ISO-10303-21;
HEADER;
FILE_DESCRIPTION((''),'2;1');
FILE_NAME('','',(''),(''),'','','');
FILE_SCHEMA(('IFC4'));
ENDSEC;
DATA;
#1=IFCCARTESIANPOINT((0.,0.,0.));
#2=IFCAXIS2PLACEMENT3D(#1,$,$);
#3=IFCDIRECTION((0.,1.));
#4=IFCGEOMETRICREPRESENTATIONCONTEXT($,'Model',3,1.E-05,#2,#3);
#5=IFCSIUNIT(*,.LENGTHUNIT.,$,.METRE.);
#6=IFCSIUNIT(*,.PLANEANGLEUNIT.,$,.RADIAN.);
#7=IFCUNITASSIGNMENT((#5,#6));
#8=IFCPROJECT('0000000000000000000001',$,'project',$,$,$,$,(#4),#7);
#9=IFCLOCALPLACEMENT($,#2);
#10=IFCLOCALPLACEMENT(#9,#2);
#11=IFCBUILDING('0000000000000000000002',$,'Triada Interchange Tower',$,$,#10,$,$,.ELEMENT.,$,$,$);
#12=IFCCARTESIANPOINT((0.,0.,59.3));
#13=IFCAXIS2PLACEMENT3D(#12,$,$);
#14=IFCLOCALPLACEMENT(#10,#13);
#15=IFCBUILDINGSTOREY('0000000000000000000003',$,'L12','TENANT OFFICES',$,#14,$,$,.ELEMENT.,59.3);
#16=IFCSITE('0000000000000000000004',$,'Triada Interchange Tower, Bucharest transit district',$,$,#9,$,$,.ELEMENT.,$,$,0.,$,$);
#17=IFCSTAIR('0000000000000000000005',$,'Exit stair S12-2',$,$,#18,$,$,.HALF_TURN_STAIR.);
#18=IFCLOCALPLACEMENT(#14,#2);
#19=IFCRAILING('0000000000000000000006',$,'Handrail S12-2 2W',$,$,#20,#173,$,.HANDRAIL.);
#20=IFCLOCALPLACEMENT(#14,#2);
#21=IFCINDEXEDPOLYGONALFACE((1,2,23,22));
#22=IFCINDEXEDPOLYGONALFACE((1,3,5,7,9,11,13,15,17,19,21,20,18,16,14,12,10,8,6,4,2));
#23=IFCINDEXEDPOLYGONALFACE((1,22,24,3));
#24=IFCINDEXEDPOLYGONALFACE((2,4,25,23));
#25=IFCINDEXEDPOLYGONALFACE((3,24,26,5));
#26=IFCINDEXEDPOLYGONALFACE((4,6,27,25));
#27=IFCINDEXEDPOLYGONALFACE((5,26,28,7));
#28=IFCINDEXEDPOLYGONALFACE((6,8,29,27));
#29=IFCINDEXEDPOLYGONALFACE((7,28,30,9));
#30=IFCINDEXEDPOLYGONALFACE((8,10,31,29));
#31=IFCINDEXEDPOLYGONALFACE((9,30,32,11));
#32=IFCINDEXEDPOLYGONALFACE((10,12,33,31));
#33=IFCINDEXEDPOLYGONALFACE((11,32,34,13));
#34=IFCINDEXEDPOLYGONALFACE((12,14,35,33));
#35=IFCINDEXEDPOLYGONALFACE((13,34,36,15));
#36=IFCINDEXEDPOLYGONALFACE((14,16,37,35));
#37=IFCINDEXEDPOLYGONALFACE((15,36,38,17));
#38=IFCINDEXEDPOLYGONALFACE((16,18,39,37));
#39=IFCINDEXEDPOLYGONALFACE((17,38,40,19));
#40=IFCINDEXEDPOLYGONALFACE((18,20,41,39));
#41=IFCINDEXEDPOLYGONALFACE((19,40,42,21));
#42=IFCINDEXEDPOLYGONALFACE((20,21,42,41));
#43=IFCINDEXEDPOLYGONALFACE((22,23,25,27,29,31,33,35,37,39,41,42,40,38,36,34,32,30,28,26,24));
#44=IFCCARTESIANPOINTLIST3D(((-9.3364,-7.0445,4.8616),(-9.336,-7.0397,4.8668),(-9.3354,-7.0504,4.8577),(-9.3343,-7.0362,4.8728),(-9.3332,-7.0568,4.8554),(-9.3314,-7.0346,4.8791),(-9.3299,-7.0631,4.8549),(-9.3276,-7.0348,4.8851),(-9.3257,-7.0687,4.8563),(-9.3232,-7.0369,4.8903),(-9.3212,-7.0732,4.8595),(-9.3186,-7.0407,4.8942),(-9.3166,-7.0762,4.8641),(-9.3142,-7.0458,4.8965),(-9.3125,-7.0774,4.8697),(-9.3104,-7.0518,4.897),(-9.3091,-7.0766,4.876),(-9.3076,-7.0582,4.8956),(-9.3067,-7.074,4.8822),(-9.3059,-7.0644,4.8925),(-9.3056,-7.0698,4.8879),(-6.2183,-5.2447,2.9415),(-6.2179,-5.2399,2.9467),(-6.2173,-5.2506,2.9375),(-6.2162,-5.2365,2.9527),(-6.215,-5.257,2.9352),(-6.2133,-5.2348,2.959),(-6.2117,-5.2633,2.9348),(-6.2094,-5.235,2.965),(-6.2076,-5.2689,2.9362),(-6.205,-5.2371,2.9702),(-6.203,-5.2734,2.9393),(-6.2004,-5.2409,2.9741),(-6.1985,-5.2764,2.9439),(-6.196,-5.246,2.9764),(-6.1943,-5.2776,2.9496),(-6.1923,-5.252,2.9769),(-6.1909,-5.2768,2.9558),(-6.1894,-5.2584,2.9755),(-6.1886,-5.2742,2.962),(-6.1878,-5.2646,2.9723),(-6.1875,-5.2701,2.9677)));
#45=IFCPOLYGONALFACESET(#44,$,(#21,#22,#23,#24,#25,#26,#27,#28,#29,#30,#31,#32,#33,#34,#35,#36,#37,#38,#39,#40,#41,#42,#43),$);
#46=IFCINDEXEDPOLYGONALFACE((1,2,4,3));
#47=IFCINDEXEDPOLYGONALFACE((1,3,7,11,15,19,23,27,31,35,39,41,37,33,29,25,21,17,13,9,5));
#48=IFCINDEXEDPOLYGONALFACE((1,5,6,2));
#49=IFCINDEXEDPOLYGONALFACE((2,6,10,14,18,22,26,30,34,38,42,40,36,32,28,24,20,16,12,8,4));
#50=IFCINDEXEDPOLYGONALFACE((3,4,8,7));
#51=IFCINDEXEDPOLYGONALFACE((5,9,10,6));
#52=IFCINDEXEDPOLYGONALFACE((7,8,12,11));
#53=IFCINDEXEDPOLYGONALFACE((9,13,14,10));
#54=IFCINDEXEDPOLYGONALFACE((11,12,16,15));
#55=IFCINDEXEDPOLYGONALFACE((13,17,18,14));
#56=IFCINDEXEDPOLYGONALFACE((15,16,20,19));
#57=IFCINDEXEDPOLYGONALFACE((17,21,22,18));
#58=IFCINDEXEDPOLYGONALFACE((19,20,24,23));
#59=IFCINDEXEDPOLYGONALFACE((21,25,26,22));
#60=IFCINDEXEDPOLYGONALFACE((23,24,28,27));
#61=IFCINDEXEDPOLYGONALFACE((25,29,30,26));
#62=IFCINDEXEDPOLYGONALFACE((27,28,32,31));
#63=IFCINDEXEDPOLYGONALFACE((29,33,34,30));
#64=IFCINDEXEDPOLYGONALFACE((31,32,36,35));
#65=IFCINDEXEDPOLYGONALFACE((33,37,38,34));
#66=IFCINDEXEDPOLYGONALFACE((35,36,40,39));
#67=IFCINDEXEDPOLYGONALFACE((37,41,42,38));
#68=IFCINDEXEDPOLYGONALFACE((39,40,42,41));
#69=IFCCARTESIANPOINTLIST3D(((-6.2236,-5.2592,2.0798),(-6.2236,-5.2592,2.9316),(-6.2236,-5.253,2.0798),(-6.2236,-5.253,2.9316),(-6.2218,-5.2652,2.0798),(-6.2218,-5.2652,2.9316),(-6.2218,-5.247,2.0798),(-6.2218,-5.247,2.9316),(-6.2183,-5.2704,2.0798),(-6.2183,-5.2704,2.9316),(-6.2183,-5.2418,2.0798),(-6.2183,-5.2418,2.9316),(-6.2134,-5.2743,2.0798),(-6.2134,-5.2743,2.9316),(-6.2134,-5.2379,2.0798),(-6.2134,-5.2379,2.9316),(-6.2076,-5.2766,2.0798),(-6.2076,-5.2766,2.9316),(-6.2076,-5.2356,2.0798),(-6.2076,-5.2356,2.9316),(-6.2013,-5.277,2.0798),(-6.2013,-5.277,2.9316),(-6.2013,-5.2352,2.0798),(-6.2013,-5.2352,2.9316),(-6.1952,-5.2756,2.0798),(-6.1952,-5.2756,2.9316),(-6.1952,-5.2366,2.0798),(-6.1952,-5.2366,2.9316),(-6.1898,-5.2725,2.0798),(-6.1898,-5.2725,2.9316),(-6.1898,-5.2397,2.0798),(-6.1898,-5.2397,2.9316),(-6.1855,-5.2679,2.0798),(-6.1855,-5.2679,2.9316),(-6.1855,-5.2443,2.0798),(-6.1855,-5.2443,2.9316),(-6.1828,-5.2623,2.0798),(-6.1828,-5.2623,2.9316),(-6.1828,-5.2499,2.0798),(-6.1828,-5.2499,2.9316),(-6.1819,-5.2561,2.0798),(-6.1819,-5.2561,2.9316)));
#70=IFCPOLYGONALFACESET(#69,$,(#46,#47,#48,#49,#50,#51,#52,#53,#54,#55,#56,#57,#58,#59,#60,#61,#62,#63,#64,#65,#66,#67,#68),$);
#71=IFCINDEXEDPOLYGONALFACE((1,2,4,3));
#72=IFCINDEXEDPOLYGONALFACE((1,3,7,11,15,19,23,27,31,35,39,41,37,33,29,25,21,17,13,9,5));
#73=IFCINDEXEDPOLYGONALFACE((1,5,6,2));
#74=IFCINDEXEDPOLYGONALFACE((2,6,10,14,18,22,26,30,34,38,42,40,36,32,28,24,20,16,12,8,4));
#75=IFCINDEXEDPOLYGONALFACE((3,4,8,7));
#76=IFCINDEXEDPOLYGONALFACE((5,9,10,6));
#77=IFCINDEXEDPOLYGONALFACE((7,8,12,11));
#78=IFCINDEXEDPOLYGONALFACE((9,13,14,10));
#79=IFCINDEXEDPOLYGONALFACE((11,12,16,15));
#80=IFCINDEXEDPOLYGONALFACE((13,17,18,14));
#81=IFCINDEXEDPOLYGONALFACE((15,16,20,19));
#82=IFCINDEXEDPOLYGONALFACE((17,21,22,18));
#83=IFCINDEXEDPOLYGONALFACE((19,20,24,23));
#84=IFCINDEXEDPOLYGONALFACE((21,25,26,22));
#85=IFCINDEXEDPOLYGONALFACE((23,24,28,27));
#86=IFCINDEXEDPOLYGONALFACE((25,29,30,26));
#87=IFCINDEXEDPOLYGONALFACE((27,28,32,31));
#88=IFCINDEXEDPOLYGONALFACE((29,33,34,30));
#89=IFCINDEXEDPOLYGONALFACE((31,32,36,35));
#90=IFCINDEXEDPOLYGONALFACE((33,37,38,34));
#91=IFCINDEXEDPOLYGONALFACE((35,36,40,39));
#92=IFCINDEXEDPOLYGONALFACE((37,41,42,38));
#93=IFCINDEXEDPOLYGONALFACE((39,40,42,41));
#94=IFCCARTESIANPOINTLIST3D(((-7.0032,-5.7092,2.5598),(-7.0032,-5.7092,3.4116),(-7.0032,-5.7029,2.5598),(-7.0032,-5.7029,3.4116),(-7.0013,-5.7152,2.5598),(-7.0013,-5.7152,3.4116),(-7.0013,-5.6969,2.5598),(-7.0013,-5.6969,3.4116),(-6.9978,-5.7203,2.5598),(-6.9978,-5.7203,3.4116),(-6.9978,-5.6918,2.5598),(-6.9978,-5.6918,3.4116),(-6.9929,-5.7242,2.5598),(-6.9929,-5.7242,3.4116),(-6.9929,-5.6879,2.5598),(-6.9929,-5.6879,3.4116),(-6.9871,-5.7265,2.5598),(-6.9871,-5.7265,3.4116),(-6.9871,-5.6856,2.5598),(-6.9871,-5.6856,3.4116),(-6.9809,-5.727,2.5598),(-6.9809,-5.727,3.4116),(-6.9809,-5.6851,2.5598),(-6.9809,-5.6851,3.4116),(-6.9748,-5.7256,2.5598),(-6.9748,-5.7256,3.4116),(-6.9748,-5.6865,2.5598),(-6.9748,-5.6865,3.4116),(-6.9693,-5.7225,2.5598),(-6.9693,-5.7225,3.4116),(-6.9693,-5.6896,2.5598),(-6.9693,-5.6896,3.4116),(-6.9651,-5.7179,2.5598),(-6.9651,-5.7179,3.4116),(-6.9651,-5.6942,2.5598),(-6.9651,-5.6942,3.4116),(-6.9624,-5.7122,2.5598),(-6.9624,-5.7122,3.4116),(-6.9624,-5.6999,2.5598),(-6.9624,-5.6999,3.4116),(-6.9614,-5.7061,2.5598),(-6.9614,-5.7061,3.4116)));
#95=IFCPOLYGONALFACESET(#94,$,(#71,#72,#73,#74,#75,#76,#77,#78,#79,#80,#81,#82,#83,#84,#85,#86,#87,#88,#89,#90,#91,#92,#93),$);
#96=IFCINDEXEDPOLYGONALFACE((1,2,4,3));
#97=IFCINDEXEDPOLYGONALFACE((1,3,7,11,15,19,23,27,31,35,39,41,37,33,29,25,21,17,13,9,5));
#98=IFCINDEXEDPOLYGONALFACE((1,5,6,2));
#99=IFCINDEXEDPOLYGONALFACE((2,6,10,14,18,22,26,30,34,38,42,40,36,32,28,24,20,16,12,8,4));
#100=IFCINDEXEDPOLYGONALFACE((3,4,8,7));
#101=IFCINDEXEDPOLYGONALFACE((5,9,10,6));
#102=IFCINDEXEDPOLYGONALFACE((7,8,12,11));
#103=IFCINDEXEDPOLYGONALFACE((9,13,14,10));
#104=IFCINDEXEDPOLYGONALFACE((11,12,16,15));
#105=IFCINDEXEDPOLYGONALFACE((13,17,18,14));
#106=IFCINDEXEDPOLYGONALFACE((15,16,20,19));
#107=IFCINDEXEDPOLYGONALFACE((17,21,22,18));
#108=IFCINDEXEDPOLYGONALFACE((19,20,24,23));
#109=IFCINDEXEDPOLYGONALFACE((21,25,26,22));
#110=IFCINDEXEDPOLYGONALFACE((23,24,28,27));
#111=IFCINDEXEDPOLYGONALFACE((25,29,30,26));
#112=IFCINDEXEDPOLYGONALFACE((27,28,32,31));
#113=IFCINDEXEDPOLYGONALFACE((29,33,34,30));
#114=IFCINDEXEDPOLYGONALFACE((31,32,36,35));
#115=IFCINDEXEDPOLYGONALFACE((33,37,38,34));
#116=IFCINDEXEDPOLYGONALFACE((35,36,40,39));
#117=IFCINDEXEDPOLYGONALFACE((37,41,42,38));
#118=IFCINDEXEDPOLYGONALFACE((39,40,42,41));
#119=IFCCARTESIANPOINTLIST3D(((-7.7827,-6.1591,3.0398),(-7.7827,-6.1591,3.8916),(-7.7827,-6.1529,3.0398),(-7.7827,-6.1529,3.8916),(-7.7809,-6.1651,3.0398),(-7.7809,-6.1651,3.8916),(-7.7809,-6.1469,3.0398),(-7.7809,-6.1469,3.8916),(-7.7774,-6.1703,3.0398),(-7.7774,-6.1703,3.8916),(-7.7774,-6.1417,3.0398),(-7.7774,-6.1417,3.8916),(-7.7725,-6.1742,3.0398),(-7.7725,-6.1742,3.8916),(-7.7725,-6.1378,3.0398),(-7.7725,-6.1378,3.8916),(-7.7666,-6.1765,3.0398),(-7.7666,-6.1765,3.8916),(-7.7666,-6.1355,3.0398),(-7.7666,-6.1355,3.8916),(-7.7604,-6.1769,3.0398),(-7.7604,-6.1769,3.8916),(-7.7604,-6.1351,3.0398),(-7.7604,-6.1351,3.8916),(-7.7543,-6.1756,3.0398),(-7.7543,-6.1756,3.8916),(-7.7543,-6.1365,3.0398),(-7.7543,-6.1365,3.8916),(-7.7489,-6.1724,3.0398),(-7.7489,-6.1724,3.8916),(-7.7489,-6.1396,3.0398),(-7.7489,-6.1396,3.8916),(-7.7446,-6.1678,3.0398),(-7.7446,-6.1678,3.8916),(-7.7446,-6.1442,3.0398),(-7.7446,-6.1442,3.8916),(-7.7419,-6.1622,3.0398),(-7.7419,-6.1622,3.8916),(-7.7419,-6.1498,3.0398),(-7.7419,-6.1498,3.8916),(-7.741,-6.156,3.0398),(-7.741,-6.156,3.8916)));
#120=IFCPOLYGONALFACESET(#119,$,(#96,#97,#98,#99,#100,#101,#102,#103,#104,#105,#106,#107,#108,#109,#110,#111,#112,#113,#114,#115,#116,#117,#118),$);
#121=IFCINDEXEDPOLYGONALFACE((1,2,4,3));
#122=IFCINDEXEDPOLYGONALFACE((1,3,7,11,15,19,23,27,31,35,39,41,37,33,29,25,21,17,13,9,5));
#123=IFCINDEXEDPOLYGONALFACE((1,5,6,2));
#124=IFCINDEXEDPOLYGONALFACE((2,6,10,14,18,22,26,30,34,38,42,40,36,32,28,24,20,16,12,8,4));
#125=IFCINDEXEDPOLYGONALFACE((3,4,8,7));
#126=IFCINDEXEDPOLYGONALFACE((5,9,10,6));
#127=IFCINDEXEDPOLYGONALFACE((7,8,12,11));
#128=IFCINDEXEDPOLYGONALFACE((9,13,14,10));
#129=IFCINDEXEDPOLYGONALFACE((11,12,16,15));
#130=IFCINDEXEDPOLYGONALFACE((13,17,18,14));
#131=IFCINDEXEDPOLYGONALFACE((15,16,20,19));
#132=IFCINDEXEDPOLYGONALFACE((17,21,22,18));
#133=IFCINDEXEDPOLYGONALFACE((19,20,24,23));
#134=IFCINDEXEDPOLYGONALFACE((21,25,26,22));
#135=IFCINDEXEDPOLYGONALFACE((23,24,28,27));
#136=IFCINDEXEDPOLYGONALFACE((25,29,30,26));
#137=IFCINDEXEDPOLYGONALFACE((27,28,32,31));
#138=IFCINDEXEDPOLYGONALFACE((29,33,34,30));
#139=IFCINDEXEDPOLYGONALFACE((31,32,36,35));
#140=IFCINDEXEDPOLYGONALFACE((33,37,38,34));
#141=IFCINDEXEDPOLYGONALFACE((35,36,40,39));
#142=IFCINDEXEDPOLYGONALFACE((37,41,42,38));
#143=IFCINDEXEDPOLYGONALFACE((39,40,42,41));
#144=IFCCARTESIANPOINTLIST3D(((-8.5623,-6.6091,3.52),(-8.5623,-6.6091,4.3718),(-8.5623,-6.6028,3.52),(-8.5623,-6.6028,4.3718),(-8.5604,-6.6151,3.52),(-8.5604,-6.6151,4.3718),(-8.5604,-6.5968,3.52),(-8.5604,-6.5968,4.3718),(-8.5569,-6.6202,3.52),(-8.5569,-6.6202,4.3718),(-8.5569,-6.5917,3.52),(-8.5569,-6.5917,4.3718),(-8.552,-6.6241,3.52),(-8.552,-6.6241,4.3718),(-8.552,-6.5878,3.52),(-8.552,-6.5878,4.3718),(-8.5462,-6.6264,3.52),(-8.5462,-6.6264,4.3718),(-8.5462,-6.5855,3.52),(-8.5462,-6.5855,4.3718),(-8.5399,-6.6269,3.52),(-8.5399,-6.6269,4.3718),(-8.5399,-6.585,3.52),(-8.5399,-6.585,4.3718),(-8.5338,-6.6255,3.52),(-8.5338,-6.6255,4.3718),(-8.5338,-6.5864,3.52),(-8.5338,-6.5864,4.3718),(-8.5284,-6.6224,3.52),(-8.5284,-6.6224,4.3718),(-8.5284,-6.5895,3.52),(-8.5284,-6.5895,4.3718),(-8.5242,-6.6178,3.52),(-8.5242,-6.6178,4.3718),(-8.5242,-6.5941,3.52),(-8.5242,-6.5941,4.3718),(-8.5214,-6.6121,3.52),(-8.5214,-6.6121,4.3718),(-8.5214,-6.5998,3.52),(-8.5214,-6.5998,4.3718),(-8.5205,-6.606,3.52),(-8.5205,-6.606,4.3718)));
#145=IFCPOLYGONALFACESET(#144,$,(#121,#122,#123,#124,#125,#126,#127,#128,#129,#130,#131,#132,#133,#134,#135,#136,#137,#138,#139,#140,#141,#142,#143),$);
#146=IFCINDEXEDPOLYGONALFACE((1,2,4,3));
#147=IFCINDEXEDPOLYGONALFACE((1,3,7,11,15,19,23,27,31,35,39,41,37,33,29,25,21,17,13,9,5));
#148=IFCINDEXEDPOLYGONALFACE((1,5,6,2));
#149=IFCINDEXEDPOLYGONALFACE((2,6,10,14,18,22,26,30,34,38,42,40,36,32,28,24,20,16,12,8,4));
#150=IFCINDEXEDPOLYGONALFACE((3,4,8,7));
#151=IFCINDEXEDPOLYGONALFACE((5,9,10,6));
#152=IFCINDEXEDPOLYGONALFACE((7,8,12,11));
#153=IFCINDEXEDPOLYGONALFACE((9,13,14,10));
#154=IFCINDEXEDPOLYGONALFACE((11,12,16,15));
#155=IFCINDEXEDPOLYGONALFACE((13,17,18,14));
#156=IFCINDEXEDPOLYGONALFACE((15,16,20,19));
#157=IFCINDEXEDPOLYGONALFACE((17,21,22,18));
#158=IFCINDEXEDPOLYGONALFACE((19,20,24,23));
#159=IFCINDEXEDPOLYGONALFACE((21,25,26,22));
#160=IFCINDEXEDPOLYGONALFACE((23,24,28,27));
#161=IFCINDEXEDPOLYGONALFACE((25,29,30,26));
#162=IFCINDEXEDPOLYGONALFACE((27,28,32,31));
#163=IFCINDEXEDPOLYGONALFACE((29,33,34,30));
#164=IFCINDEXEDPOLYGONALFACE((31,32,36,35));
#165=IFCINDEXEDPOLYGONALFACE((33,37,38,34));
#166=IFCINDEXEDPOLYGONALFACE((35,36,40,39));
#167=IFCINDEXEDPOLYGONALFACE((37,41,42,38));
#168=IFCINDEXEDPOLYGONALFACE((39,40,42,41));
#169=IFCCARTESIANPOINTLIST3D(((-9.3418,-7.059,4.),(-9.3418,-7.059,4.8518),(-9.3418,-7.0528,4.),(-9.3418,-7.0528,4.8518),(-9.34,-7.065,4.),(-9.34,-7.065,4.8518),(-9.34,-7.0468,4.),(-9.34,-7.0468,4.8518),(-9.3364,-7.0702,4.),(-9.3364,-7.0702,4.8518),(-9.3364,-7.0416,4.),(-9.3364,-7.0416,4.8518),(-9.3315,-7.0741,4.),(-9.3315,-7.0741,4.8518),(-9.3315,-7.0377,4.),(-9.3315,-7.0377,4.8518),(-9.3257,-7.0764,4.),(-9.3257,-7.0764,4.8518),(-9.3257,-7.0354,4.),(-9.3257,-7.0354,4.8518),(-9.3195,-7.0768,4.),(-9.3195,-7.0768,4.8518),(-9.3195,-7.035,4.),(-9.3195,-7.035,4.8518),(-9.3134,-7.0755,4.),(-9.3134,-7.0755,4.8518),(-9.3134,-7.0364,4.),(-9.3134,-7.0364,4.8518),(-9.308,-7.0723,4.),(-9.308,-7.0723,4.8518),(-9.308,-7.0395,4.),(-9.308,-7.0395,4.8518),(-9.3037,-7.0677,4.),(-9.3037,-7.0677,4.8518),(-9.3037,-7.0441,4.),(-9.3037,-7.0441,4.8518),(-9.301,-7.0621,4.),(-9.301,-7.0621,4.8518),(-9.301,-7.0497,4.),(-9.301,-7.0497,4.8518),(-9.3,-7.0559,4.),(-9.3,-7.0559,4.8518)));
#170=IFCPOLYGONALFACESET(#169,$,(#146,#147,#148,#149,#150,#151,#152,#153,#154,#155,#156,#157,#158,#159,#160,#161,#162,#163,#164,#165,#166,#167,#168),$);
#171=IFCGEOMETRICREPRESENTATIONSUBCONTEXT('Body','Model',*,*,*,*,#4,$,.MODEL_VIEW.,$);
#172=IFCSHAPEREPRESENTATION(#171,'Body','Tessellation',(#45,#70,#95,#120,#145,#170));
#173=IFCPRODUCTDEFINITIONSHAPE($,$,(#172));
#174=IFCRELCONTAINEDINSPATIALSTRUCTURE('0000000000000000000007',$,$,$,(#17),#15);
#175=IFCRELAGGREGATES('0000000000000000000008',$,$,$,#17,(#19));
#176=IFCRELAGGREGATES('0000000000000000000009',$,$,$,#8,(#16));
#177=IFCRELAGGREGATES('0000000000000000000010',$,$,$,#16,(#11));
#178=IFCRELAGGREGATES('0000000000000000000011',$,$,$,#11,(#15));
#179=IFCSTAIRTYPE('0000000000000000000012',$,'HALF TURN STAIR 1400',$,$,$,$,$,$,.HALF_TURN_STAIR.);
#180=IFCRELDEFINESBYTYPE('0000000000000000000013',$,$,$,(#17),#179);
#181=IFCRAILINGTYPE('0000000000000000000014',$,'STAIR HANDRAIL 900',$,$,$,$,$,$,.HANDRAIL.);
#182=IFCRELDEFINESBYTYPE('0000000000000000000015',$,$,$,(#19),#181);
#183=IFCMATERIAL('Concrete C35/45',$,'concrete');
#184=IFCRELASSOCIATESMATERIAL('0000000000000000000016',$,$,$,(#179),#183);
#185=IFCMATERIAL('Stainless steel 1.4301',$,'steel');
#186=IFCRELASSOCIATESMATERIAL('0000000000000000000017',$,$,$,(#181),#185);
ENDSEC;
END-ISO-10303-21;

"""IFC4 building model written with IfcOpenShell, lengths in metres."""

from ifc_helpers import new_model, si_unit, direction, frame, origin, origin_2d, place, context, subcontext, project, spatial, circle, extrude, material, type_object, element, aggregate, save


model = new_model("IFC4")

# Units and contexts
model_context = context("Model", 3, precision=1e-05, world=origin(), true_north=direction((0.0, 1.0)))
body_context = subcontext(model_context, "Body", "Model", "MODEL_VIEW")
ifc_project = project(units=[si_unit("LENGTHUNIT", "METRE"), si_unit("PLANEANGLEUNIT", "RADIAN")], contexts=[model_context])

# Site, building, storey
site_placement = place(None, origin())
site = spatial("IfcSite", under=ifc_project, at=site_placement, Name="Triada Interchange Tower, Bucharest transit district", CompositionType="ELEMENT", RefElevation=0.0)
building_placement = place(site_placement, origin())
building = spatial("IfcBuilding", under=site, at=building_placement, Name="Triada Interchange Tower", CompositionType="ELEMENT")
storey_placement = place(building_placement, frame((0.0, 0.0, 59.3)))
storey = spatial("IfcBuildingStorey", under=building, at=storey_placement, Name="L12", Description="TENANT OFFICES", CompositionType="ELEMENT", Elevation=59.3)

# Stair, railing
ifc_material_1 = material(Name="Concrete C35/45", Category="concrete")
stair_type = type_object("IfcStairType", Name="HALF TURN STAIR 1400", PredefinedType="HALF_TURN_STAIR", material=ifc_material_1)
stair_placement = place(storey_placement, origin())
stair = element("IfcStair", 1, at=stair_placement, inside=storey, type_object=stair_type, Name="Exit stair S12-2", PredefinedType="HALF_TURN_STAIR")
ifc_material_2 = material(Name="Stainless steel 1.4301", Category="steel")
railing_type = type_object("IfcRailingType", Name="STAIR HANDRAIL 900", PredefinedType="HANDRAIL", material=ifc_material_2)
railing_1_placement = place(storey_placement, frame((-6.2029, -5.2561, 2.0798)))
railing_1 = element("IfcRailing", 2, at=railing_1_placement, type_object=railing_type, Name="Handrail S12-2 2W", PredefinedType="HANDRAIL", context=body_context, shape_type="SweptSolid", body=[
    extrude(circle(Radius=0.0239, at=origin_2d()), frame((0.0, 0.0, 0.876), z_axis=(-0.76419, -0.44109, 0.470588), x_axis=(0.499902, -0.866082, 0.0)), (0.0, 0.0, 1.0), 4.0803),
    extrude(circle(Radius=0.021, at=origin_2d()), origin(), (0.0, 0.0, 1.0), 0.8518),
    extrude(circle(Radius=0.021, at=origin_2d()), frame((-0.7795, -0.45, 0.48)), (0.0, 0.0, 1.0), 0.8518),
    extrude(circle(Radius=0.021, at=origin_2d()), frame((-1.5591, -0.8999, 0.96)), (0.0, 0.0, 1.0), 0.8518),
    extrude(circle(Radius=0.021, at=origin_2d()), frame((-2.3386, -1.3499, 1.4402)), (0.0, 0.0, 1.0), 0.8518),
    extrude(circle(Radius=0.021, at=origin_2d()), frame((-3.1182, -1.7998, 1.9202)), (0.0, 0.0, 1.0), 0.8518),
])
aggregate(stair, [railing_1])

save(model, "model.ifc")
